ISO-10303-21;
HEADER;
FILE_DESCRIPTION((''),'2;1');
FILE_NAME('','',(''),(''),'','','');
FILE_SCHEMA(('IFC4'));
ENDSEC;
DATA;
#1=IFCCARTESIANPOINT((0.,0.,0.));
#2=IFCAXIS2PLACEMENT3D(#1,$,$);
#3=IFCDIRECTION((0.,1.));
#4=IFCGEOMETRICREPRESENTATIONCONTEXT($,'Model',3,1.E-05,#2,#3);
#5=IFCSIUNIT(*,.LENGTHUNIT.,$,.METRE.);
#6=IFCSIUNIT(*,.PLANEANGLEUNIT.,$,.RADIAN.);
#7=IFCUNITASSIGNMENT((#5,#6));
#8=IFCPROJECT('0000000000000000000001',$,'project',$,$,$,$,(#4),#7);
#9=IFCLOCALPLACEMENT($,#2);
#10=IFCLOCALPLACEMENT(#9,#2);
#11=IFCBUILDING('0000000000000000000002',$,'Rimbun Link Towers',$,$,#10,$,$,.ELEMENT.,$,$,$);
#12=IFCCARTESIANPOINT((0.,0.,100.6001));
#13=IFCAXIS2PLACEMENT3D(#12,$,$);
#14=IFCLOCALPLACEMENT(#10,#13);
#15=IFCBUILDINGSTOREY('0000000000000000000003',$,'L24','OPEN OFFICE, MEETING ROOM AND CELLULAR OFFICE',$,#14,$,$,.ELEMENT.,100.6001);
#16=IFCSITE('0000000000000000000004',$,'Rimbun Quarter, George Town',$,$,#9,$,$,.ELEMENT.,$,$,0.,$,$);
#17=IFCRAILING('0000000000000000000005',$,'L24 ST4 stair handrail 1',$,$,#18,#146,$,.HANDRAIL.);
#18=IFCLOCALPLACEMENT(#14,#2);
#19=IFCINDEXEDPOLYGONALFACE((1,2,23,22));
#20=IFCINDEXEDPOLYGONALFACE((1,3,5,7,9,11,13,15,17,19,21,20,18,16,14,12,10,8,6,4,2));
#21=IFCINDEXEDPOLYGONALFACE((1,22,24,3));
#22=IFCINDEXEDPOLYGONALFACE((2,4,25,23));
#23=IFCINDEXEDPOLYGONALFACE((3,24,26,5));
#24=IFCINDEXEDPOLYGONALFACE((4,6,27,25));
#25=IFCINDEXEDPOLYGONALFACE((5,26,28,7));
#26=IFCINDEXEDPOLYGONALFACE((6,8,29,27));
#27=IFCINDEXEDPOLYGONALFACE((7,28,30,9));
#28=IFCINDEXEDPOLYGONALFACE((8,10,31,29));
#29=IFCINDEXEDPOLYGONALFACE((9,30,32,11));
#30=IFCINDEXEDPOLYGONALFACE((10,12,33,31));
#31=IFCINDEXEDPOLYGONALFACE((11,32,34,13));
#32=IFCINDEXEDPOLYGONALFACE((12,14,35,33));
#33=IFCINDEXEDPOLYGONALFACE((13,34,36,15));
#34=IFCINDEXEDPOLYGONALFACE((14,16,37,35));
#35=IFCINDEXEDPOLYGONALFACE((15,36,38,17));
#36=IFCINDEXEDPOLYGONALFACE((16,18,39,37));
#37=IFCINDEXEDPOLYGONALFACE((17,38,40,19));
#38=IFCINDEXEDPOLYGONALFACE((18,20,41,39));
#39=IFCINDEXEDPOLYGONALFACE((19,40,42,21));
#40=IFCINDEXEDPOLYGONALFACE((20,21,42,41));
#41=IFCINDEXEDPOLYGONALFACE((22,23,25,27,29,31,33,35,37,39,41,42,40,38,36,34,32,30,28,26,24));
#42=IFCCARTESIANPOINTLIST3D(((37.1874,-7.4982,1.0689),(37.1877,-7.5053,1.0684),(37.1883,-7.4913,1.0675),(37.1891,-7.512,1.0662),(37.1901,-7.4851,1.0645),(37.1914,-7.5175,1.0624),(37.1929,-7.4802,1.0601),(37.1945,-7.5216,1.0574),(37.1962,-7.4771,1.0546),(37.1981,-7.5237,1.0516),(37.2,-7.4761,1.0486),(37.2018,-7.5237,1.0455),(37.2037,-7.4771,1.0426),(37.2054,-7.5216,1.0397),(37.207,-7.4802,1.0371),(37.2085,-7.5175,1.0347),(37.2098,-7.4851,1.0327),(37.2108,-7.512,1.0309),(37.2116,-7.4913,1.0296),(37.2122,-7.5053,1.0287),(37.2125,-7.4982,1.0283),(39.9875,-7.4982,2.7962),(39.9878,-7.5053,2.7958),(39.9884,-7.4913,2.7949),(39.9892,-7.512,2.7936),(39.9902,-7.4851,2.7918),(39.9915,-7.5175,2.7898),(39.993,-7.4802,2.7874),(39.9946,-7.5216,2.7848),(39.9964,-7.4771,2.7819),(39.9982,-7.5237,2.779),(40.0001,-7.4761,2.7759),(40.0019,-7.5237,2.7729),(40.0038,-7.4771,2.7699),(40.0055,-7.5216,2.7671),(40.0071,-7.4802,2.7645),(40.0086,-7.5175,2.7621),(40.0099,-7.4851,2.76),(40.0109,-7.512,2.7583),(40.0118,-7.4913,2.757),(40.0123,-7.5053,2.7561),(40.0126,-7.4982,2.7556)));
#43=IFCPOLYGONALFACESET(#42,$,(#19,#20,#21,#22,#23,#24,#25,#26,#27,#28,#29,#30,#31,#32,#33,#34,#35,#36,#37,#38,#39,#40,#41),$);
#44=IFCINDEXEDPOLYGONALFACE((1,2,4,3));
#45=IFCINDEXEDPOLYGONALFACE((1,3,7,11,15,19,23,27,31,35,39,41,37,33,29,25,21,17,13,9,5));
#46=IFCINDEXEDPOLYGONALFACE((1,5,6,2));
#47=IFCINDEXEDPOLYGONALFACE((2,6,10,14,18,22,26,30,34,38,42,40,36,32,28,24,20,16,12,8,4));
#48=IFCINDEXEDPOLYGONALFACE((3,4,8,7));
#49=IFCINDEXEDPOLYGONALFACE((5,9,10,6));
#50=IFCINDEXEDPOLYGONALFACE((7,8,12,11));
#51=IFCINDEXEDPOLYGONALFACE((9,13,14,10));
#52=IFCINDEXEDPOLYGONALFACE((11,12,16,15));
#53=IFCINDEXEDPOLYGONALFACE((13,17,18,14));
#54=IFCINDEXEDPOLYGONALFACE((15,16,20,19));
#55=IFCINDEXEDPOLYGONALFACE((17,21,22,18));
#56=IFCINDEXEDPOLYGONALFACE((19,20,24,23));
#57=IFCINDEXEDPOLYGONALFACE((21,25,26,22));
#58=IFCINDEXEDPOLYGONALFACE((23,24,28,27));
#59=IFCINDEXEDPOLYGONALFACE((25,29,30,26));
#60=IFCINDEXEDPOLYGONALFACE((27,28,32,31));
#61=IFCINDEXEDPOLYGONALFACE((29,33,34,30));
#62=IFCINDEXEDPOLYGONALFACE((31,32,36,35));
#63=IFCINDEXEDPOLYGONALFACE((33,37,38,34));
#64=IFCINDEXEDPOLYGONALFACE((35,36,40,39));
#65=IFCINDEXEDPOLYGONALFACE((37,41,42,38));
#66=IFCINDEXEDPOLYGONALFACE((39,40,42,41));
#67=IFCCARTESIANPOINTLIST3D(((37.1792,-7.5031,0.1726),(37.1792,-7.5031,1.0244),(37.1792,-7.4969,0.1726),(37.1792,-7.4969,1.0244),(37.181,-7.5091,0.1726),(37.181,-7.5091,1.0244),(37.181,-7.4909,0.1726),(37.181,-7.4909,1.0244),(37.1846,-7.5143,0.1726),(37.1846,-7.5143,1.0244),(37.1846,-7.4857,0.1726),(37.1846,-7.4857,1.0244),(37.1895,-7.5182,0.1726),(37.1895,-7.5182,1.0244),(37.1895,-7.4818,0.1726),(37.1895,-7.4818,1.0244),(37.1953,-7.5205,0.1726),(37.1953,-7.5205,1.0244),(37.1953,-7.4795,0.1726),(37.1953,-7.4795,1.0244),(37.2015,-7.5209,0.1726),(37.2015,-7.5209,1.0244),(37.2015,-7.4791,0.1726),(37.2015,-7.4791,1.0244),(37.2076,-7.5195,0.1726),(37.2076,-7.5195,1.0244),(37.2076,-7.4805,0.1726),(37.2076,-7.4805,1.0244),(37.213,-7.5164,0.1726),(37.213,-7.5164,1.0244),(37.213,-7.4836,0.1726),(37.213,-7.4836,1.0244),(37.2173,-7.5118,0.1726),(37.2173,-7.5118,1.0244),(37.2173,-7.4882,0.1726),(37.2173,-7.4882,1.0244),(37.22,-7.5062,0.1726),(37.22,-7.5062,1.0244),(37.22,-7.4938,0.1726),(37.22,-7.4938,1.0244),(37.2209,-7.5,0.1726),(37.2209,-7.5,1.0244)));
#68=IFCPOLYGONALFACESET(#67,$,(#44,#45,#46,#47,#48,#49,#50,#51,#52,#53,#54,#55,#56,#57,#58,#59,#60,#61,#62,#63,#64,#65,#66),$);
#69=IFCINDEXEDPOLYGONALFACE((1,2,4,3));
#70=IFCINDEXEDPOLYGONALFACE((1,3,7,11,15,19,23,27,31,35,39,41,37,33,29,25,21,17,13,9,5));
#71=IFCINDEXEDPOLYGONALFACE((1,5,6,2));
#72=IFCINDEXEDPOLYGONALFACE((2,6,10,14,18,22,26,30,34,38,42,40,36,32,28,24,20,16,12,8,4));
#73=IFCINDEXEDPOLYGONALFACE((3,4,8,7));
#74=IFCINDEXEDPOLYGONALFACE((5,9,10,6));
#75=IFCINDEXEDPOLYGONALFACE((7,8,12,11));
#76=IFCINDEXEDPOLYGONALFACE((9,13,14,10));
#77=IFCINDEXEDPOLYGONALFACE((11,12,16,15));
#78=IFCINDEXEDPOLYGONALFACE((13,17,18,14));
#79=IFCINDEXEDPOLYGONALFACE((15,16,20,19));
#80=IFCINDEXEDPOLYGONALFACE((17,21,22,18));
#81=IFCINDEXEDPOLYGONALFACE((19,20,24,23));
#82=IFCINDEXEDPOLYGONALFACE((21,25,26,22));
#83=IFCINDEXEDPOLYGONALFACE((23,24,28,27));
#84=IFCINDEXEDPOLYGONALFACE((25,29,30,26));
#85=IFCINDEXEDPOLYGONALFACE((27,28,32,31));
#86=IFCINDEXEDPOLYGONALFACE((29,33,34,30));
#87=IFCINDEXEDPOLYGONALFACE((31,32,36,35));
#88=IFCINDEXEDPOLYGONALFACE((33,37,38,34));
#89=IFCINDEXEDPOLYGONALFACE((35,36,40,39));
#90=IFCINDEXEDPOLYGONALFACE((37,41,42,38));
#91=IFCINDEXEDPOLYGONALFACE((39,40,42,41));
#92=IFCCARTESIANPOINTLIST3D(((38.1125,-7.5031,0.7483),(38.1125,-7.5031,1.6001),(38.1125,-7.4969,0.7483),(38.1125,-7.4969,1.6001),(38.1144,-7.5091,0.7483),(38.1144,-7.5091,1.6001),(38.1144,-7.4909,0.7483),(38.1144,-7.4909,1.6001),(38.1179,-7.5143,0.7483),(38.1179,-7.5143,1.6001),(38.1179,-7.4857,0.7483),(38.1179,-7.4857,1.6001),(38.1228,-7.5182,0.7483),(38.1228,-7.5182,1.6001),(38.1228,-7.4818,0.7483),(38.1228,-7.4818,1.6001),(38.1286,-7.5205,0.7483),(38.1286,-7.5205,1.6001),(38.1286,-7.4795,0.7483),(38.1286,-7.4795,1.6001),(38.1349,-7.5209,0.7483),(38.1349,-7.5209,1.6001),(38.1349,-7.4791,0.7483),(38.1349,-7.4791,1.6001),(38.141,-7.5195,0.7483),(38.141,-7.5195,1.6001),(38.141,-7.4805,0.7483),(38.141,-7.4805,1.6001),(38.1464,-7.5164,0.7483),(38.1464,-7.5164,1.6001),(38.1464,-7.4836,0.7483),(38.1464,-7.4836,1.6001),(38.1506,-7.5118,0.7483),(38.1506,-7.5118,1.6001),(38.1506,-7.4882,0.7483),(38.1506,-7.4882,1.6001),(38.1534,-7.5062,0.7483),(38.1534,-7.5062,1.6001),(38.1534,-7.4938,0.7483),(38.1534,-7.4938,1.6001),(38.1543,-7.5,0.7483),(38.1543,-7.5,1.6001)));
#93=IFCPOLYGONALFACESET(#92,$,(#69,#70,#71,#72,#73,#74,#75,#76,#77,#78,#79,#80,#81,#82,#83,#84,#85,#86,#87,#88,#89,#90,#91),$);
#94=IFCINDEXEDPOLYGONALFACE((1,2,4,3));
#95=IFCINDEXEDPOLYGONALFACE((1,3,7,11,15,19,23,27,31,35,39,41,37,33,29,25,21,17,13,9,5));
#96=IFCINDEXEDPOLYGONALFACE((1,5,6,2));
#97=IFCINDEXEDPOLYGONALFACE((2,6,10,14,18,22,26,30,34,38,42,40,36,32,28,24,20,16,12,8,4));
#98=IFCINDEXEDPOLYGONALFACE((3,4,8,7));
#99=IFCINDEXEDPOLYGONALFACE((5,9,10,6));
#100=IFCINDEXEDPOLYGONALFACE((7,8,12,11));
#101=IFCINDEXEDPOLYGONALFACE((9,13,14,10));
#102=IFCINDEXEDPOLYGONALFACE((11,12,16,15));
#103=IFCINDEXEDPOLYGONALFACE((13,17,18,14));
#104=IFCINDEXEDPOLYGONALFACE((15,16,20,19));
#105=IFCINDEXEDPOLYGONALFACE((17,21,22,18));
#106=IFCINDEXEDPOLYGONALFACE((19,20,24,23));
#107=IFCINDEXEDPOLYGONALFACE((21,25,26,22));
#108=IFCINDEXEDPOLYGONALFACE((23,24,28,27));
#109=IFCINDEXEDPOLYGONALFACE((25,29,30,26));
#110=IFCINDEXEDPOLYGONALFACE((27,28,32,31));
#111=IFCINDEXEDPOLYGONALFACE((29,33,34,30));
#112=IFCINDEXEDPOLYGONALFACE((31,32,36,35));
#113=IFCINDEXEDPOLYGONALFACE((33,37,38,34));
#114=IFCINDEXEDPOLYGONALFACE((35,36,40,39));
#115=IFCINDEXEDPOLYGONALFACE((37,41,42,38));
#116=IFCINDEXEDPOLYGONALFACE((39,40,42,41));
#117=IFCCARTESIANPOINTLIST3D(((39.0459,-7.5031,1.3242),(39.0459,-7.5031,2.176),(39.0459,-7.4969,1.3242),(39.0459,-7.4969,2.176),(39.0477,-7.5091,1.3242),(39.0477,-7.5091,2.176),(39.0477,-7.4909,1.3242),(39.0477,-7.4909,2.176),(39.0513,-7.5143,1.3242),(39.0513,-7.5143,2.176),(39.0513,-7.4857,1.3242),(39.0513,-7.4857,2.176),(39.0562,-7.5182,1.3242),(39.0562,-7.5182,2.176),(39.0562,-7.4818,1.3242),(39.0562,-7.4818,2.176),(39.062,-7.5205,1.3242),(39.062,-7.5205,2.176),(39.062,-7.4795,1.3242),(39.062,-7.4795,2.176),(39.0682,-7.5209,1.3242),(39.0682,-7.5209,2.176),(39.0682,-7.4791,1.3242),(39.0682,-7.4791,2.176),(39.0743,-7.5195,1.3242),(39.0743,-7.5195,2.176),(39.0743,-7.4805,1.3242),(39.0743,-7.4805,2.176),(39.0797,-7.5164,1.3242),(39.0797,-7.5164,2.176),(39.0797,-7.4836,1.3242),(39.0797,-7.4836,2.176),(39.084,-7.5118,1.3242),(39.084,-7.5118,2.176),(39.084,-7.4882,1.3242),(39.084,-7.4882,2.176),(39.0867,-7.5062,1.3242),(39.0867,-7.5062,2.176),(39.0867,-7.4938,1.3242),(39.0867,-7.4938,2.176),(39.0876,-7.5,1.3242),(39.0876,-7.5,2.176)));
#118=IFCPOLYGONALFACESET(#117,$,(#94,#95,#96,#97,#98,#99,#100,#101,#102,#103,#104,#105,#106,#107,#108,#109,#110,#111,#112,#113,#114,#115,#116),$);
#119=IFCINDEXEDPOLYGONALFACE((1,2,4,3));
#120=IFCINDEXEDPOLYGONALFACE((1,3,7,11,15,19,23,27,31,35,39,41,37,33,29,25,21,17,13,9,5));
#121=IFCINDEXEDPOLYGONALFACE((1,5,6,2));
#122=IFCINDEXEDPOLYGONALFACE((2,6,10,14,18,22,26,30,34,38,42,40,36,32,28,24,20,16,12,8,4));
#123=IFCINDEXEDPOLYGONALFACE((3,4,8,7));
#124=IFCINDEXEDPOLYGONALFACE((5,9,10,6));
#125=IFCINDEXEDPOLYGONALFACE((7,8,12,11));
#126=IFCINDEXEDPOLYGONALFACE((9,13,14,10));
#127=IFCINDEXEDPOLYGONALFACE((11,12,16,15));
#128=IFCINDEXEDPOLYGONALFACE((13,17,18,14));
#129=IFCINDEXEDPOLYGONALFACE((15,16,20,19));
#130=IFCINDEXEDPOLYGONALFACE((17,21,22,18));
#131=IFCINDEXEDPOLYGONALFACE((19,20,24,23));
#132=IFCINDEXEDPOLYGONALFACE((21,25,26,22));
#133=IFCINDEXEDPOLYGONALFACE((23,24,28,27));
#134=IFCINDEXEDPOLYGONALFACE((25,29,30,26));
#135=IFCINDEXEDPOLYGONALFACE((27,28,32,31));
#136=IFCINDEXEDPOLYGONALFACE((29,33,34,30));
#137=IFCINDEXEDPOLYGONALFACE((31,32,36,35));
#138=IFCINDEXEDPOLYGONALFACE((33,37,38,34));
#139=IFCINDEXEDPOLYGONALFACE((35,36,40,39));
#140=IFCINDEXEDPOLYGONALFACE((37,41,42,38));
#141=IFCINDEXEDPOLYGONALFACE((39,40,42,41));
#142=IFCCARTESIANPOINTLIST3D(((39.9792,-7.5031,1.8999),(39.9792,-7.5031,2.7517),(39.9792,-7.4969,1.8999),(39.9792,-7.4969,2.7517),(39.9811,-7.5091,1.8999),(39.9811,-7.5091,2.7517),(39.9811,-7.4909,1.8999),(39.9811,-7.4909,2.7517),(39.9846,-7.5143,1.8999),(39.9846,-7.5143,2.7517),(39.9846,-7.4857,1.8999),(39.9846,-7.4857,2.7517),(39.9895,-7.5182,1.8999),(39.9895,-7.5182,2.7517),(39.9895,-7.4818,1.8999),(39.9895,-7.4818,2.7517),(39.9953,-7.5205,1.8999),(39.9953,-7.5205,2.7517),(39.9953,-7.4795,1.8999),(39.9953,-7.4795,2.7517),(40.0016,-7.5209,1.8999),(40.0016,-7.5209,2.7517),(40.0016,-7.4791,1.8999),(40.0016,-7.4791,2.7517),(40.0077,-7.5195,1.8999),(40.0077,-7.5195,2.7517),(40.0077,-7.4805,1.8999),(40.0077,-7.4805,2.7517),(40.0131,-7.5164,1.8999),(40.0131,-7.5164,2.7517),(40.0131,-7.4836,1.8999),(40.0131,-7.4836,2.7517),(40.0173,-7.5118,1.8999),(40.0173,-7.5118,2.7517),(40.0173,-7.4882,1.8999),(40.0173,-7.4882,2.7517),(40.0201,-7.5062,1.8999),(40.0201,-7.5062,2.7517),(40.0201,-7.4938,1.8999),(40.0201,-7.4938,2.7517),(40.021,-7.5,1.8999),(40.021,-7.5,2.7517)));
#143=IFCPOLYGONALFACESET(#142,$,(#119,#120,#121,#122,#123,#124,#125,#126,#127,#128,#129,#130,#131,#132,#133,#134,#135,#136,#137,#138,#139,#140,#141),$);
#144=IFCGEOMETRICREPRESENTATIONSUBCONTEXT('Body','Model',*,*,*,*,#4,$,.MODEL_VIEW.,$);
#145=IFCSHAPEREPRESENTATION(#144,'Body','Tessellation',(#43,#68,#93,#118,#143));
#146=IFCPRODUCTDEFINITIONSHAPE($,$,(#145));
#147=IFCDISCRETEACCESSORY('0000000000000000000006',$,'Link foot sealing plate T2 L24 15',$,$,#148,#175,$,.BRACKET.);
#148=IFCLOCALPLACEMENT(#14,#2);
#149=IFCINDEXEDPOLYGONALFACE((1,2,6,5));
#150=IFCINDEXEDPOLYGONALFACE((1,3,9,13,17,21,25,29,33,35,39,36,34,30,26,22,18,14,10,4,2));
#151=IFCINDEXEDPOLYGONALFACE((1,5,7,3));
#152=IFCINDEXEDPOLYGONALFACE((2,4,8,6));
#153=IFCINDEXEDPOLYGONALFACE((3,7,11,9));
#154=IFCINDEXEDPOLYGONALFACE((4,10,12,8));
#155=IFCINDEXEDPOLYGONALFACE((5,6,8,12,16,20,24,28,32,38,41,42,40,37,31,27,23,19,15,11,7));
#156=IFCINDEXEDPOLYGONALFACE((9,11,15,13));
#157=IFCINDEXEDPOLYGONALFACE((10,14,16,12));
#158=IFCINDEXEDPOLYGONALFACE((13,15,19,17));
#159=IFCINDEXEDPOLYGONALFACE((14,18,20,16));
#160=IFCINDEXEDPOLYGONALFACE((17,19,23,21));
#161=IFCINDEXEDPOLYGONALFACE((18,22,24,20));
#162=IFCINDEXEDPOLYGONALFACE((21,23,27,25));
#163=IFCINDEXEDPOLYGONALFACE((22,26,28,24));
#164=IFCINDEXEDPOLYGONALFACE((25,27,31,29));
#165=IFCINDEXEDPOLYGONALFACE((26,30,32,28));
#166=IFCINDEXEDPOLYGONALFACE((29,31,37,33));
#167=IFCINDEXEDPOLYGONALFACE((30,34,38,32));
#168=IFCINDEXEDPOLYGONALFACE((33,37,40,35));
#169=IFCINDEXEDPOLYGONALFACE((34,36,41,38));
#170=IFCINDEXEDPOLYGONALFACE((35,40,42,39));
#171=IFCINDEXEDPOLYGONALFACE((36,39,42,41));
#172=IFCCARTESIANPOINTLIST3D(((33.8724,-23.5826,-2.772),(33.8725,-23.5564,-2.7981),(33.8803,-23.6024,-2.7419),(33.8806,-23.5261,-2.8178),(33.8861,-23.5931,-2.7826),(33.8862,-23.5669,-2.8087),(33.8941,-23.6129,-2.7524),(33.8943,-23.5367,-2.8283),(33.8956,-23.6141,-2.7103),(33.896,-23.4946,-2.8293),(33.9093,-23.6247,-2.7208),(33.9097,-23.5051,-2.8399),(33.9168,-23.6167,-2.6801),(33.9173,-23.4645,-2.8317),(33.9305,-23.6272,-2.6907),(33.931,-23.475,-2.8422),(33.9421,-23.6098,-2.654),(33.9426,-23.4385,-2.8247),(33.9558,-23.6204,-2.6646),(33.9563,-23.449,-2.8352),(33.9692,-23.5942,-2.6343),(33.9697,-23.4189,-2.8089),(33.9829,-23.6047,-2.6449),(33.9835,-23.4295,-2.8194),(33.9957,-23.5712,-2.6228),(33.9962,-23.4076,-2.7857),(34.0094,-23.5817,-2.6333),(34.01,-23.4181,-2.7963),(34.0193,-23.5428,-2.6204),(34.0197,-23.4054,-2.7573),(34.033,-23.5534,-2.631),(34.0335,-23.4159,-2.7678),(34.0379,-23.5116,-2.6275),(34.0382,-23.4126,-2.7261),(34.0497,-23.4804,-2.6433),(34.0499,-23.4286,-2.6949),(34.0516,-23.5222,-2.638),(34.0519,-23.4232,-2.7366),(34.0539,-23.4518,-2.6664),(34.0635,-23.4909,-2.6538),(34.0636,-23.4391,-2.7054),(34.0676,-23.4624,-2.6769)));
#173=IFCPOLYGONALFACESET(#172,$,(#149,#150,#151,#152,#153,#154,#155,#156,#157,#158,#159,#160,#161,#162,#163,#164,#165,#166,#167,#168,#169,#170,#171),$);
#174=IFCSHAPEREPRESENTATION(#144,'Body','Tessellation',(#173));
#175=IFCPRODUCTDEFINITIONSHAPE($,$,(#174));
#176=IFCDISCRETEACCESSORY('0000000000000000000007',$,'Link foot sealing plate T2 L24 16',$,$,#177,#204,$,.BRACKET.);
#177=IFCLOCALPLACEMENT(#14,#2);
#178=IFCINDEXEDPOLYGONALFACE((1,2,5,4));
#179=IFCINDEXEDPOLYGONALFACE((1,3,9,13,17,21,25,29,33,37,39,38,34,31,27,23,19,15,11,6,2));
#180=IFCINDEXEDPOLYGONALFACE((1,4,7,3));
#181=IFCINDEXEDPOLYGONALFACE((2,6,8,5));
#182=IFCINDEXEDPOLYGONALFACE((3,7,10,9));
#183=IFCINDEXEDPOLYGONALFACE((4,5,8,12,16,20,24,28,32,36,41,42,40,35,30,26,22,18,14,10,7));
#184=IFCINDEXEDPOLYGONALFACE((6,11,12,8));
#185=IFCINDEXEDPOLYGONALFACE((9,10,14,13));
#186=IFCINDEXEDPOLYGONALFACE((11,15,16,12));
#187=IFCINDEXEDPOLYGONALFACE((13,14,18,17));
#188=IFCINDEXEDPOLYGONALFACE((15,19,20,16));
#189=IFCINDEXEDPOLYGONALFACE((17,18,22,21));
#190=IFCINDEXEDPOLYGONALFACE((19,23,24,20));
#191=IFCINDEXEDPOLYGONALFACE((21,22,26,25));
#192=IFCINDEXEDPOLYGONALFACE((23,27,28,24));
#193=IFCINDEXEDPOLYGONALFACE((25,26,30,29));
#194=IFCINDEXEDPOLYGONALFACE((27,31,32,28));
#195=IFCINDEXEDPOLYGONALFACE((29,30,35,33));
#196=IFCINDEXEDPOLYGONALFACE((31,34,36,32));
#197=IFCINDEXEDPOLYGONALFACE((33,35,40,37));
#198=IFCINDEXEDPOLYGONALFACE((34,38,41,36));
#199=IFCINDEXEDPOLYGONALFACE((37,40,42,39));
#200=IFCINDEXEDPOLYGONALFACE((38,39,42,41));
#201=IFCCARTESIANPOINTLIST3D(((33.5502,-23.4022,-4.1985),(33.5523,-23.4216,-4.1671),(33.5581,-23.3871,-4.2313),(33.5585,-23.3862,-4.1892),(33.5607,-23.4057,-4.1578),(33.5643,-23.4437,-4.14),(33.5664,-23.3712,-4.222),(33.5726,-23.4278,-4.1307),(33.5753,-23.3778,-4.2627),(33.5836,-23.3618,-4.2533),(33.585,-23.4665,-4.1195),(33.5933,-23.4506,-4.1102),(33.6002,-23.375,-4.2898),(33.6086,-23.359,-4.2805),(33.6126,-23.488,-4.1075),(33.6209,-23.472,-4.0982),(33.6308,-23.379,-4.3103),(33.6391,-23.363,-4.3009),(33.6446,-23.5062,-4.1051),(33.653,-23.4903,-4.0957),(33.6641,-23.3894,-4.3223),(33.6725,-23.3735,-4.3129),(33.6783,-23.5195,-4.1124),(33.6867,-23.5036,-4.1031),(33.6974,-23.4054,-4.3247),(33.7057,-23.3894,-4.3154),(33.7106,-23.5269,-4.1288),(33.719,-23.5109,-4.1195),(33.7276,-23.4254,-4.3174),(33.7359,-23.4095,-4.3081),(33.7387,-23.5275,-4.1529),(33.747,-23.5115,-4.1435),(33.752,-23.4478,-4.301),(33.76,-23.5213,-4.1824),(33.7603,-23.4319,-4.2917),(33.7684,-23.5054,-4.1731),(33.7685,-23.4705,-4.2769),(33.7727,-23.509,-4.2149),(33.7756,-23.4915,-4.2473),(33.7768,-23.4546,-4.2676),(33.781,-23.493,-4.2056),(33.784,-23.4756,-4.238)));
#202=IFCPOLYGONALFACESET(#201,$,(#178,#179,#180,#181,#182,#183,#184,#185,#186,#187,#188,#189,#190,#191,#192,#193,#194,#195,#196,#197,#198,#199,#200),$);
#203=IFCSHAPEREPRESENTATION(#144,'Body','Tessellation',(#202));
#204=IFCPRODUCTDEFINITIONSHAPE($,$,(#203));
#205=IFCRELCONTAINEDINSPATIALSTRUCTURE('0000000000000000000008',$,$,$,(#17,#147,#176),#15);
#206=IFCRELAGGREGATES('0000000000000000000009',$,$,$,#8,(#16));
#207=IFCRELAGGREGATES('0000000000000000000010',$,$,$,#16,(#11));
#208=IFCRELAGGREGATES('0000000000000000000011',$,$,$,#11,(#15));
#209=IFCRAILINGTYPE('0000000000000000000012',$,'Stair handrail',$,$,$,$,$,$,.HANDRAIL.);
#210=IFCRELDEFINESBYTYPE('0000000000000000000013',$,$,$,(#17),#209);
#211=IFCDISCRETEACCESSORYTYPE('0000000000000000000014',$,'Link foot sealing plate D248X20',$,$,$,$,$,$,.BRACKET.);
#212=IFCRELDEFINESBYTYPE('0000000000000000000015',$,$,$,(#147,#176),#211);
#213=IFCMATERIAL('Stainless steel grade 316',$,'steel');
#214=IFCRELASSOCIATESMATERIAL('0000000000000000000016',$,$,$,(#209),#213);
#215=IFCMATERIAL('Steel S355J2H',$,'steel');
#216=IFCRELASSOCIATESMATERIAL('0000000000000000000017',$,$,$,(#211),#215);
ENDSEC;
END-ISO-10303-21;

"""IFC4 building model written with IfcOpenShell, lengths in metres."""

from ifc_helpers import new_model, si_unit, direction, frame, origin, origin_2d, place, context, subcontext, project, spatial, circle, extrude, material, material_profile, profile_set, type_object, element, save


model = new_model("IFC4")

# Units and contexts
model_context = context("Model", 3, precision=1e-05, world=origin(), true_north=direction((0.0, 1.0)))
body_context = subcontext(model_context, "Body", "Model", "MODEL_VIEW")
ifc_project = project(units=[si_unit("LENGTHUNIT", "METRE"), si_unit("PLANEANGLEUNIT", "RADIAN")], contexts=[model_context])

# Site, building, storey
site_placement = place(None, origin())
site = spatial("IfcSite", under=ifc_project, at=site_placement, Name="Rimbun Quarter, George Town", CompositionType="ELEMENT", RefElevation=0.0)
building_placement = place(site_placement, origin())
building = spatial("IfcBuilding", under=site, at=building_placement, Name="Rimbun Link Towers", CompositionType="ELEMENT")
storey_placement = place(building_placement, frame((0.0, 0.0, 100.6001)))
storey = spatial("IfcBuildingStorey", under=building, at=storey_placement, Name="L24", Description="OPEN OFFICE, MEETING ROOM AND CELLULAR OFFICE", CompositionType="ELEMENT", Elevation=100.6001)

# Railing
ifc_material_1 = material(Name="Stainless steel grade 316", Category="steel")
railing_type_1 = type_object("IfcRailingType", Name="Stair handrail", PredefinedType="HANDRAIL", material=ifc_material_1)
railing_1_placement = place(storey_placement, frame((37.2, -7.5, 0.1726)))
element("IfcRailing", 1, at=railing_1_placement, inside=storey, type_object=railing_type_1, Name="L24 ST4 stair handrail 1", PredefinedType="HANDRAIL", context=body_context, shape_type="SweptSolid", body=[
    extrude(circle(Radius=0.0239, at=origin_2d()), frame((0.0, 0.0, 0.876), z_axis=(0.85109, 0.0, 0.52502), x_axis=(0.0, 1.0, 0.0)), (0.0, 0.0, 1.0), 3.29),
    extrude(circle(Radius=0.021, at=origin_2d()), origin(), (0.0, 0.0, 1.0), 0.8518),
    extrude(circle(Radius=0.021, at=origin_2d()), frame((0.9333, 0.0, 0.5757)), (0.0, 0.0, 1.0), 0.8518),
    extrude(circle(Radius=0.021, at=origin_2d()), frame((1.8667, 0.0, 1.1516)), (0.0, 0.0, 1.0), 0.8518),
    extrude(circle(Radius=0.021, at=origin_2d()), frame((2.8, 0.0, 1.7273)), (0.0, 0.0, 1.0), 0.8518),
])

# Discrete accessories
ifc_material_2 = material(Name="Steel S355J2H", Category="steel")
ifc_material_profile_1 = material_profile(ifc_material_2, circle(Radius=0.124, at=origin_2d()), Name="PL D248")
ifc_profile_set_1 = profile_set([ifc_material_profile_1], Name="Steel S355J2H")
discrete_accessory_type = type_object("IfcDiscreteAccessoryType", Name="Link foot sealing plate D248X20", PredefinedType="BRACKET", material=ifc_profile_set_1)
for number, where, z_axis, x_axis, name in (
    (2, (33.9626, -23.511, -2.7261), (0.677408, -0.520153, -0.520153), (0.609026, 0.79315, 0.0), "Link foot sealing plate T2 L24 15"),
    (3, (33.6711, -23.4355, -4.2056), (-0.411555, -0.786796, -0.459973), (0.886098, -0.463498, 0.0), "Link foot sealing plate T2 L24 16"),
):
    element("IfcDiscreteAccessory", number, at=place(storey_placement, frame(where, z_axis=z_axis, x_axis=x_axis)), inside=storey, type_object=discrete_accessory_type, Name=name, PredefinedType="BRACKET", context=body_context, shape_type="SweptSolid", body=[
        extrude(circle(Radius=0.124, at=origin_2d()), origin(), (0.0, 0.0, 1.0), 0.0203),
    ])

save(model, "model.ifc")
